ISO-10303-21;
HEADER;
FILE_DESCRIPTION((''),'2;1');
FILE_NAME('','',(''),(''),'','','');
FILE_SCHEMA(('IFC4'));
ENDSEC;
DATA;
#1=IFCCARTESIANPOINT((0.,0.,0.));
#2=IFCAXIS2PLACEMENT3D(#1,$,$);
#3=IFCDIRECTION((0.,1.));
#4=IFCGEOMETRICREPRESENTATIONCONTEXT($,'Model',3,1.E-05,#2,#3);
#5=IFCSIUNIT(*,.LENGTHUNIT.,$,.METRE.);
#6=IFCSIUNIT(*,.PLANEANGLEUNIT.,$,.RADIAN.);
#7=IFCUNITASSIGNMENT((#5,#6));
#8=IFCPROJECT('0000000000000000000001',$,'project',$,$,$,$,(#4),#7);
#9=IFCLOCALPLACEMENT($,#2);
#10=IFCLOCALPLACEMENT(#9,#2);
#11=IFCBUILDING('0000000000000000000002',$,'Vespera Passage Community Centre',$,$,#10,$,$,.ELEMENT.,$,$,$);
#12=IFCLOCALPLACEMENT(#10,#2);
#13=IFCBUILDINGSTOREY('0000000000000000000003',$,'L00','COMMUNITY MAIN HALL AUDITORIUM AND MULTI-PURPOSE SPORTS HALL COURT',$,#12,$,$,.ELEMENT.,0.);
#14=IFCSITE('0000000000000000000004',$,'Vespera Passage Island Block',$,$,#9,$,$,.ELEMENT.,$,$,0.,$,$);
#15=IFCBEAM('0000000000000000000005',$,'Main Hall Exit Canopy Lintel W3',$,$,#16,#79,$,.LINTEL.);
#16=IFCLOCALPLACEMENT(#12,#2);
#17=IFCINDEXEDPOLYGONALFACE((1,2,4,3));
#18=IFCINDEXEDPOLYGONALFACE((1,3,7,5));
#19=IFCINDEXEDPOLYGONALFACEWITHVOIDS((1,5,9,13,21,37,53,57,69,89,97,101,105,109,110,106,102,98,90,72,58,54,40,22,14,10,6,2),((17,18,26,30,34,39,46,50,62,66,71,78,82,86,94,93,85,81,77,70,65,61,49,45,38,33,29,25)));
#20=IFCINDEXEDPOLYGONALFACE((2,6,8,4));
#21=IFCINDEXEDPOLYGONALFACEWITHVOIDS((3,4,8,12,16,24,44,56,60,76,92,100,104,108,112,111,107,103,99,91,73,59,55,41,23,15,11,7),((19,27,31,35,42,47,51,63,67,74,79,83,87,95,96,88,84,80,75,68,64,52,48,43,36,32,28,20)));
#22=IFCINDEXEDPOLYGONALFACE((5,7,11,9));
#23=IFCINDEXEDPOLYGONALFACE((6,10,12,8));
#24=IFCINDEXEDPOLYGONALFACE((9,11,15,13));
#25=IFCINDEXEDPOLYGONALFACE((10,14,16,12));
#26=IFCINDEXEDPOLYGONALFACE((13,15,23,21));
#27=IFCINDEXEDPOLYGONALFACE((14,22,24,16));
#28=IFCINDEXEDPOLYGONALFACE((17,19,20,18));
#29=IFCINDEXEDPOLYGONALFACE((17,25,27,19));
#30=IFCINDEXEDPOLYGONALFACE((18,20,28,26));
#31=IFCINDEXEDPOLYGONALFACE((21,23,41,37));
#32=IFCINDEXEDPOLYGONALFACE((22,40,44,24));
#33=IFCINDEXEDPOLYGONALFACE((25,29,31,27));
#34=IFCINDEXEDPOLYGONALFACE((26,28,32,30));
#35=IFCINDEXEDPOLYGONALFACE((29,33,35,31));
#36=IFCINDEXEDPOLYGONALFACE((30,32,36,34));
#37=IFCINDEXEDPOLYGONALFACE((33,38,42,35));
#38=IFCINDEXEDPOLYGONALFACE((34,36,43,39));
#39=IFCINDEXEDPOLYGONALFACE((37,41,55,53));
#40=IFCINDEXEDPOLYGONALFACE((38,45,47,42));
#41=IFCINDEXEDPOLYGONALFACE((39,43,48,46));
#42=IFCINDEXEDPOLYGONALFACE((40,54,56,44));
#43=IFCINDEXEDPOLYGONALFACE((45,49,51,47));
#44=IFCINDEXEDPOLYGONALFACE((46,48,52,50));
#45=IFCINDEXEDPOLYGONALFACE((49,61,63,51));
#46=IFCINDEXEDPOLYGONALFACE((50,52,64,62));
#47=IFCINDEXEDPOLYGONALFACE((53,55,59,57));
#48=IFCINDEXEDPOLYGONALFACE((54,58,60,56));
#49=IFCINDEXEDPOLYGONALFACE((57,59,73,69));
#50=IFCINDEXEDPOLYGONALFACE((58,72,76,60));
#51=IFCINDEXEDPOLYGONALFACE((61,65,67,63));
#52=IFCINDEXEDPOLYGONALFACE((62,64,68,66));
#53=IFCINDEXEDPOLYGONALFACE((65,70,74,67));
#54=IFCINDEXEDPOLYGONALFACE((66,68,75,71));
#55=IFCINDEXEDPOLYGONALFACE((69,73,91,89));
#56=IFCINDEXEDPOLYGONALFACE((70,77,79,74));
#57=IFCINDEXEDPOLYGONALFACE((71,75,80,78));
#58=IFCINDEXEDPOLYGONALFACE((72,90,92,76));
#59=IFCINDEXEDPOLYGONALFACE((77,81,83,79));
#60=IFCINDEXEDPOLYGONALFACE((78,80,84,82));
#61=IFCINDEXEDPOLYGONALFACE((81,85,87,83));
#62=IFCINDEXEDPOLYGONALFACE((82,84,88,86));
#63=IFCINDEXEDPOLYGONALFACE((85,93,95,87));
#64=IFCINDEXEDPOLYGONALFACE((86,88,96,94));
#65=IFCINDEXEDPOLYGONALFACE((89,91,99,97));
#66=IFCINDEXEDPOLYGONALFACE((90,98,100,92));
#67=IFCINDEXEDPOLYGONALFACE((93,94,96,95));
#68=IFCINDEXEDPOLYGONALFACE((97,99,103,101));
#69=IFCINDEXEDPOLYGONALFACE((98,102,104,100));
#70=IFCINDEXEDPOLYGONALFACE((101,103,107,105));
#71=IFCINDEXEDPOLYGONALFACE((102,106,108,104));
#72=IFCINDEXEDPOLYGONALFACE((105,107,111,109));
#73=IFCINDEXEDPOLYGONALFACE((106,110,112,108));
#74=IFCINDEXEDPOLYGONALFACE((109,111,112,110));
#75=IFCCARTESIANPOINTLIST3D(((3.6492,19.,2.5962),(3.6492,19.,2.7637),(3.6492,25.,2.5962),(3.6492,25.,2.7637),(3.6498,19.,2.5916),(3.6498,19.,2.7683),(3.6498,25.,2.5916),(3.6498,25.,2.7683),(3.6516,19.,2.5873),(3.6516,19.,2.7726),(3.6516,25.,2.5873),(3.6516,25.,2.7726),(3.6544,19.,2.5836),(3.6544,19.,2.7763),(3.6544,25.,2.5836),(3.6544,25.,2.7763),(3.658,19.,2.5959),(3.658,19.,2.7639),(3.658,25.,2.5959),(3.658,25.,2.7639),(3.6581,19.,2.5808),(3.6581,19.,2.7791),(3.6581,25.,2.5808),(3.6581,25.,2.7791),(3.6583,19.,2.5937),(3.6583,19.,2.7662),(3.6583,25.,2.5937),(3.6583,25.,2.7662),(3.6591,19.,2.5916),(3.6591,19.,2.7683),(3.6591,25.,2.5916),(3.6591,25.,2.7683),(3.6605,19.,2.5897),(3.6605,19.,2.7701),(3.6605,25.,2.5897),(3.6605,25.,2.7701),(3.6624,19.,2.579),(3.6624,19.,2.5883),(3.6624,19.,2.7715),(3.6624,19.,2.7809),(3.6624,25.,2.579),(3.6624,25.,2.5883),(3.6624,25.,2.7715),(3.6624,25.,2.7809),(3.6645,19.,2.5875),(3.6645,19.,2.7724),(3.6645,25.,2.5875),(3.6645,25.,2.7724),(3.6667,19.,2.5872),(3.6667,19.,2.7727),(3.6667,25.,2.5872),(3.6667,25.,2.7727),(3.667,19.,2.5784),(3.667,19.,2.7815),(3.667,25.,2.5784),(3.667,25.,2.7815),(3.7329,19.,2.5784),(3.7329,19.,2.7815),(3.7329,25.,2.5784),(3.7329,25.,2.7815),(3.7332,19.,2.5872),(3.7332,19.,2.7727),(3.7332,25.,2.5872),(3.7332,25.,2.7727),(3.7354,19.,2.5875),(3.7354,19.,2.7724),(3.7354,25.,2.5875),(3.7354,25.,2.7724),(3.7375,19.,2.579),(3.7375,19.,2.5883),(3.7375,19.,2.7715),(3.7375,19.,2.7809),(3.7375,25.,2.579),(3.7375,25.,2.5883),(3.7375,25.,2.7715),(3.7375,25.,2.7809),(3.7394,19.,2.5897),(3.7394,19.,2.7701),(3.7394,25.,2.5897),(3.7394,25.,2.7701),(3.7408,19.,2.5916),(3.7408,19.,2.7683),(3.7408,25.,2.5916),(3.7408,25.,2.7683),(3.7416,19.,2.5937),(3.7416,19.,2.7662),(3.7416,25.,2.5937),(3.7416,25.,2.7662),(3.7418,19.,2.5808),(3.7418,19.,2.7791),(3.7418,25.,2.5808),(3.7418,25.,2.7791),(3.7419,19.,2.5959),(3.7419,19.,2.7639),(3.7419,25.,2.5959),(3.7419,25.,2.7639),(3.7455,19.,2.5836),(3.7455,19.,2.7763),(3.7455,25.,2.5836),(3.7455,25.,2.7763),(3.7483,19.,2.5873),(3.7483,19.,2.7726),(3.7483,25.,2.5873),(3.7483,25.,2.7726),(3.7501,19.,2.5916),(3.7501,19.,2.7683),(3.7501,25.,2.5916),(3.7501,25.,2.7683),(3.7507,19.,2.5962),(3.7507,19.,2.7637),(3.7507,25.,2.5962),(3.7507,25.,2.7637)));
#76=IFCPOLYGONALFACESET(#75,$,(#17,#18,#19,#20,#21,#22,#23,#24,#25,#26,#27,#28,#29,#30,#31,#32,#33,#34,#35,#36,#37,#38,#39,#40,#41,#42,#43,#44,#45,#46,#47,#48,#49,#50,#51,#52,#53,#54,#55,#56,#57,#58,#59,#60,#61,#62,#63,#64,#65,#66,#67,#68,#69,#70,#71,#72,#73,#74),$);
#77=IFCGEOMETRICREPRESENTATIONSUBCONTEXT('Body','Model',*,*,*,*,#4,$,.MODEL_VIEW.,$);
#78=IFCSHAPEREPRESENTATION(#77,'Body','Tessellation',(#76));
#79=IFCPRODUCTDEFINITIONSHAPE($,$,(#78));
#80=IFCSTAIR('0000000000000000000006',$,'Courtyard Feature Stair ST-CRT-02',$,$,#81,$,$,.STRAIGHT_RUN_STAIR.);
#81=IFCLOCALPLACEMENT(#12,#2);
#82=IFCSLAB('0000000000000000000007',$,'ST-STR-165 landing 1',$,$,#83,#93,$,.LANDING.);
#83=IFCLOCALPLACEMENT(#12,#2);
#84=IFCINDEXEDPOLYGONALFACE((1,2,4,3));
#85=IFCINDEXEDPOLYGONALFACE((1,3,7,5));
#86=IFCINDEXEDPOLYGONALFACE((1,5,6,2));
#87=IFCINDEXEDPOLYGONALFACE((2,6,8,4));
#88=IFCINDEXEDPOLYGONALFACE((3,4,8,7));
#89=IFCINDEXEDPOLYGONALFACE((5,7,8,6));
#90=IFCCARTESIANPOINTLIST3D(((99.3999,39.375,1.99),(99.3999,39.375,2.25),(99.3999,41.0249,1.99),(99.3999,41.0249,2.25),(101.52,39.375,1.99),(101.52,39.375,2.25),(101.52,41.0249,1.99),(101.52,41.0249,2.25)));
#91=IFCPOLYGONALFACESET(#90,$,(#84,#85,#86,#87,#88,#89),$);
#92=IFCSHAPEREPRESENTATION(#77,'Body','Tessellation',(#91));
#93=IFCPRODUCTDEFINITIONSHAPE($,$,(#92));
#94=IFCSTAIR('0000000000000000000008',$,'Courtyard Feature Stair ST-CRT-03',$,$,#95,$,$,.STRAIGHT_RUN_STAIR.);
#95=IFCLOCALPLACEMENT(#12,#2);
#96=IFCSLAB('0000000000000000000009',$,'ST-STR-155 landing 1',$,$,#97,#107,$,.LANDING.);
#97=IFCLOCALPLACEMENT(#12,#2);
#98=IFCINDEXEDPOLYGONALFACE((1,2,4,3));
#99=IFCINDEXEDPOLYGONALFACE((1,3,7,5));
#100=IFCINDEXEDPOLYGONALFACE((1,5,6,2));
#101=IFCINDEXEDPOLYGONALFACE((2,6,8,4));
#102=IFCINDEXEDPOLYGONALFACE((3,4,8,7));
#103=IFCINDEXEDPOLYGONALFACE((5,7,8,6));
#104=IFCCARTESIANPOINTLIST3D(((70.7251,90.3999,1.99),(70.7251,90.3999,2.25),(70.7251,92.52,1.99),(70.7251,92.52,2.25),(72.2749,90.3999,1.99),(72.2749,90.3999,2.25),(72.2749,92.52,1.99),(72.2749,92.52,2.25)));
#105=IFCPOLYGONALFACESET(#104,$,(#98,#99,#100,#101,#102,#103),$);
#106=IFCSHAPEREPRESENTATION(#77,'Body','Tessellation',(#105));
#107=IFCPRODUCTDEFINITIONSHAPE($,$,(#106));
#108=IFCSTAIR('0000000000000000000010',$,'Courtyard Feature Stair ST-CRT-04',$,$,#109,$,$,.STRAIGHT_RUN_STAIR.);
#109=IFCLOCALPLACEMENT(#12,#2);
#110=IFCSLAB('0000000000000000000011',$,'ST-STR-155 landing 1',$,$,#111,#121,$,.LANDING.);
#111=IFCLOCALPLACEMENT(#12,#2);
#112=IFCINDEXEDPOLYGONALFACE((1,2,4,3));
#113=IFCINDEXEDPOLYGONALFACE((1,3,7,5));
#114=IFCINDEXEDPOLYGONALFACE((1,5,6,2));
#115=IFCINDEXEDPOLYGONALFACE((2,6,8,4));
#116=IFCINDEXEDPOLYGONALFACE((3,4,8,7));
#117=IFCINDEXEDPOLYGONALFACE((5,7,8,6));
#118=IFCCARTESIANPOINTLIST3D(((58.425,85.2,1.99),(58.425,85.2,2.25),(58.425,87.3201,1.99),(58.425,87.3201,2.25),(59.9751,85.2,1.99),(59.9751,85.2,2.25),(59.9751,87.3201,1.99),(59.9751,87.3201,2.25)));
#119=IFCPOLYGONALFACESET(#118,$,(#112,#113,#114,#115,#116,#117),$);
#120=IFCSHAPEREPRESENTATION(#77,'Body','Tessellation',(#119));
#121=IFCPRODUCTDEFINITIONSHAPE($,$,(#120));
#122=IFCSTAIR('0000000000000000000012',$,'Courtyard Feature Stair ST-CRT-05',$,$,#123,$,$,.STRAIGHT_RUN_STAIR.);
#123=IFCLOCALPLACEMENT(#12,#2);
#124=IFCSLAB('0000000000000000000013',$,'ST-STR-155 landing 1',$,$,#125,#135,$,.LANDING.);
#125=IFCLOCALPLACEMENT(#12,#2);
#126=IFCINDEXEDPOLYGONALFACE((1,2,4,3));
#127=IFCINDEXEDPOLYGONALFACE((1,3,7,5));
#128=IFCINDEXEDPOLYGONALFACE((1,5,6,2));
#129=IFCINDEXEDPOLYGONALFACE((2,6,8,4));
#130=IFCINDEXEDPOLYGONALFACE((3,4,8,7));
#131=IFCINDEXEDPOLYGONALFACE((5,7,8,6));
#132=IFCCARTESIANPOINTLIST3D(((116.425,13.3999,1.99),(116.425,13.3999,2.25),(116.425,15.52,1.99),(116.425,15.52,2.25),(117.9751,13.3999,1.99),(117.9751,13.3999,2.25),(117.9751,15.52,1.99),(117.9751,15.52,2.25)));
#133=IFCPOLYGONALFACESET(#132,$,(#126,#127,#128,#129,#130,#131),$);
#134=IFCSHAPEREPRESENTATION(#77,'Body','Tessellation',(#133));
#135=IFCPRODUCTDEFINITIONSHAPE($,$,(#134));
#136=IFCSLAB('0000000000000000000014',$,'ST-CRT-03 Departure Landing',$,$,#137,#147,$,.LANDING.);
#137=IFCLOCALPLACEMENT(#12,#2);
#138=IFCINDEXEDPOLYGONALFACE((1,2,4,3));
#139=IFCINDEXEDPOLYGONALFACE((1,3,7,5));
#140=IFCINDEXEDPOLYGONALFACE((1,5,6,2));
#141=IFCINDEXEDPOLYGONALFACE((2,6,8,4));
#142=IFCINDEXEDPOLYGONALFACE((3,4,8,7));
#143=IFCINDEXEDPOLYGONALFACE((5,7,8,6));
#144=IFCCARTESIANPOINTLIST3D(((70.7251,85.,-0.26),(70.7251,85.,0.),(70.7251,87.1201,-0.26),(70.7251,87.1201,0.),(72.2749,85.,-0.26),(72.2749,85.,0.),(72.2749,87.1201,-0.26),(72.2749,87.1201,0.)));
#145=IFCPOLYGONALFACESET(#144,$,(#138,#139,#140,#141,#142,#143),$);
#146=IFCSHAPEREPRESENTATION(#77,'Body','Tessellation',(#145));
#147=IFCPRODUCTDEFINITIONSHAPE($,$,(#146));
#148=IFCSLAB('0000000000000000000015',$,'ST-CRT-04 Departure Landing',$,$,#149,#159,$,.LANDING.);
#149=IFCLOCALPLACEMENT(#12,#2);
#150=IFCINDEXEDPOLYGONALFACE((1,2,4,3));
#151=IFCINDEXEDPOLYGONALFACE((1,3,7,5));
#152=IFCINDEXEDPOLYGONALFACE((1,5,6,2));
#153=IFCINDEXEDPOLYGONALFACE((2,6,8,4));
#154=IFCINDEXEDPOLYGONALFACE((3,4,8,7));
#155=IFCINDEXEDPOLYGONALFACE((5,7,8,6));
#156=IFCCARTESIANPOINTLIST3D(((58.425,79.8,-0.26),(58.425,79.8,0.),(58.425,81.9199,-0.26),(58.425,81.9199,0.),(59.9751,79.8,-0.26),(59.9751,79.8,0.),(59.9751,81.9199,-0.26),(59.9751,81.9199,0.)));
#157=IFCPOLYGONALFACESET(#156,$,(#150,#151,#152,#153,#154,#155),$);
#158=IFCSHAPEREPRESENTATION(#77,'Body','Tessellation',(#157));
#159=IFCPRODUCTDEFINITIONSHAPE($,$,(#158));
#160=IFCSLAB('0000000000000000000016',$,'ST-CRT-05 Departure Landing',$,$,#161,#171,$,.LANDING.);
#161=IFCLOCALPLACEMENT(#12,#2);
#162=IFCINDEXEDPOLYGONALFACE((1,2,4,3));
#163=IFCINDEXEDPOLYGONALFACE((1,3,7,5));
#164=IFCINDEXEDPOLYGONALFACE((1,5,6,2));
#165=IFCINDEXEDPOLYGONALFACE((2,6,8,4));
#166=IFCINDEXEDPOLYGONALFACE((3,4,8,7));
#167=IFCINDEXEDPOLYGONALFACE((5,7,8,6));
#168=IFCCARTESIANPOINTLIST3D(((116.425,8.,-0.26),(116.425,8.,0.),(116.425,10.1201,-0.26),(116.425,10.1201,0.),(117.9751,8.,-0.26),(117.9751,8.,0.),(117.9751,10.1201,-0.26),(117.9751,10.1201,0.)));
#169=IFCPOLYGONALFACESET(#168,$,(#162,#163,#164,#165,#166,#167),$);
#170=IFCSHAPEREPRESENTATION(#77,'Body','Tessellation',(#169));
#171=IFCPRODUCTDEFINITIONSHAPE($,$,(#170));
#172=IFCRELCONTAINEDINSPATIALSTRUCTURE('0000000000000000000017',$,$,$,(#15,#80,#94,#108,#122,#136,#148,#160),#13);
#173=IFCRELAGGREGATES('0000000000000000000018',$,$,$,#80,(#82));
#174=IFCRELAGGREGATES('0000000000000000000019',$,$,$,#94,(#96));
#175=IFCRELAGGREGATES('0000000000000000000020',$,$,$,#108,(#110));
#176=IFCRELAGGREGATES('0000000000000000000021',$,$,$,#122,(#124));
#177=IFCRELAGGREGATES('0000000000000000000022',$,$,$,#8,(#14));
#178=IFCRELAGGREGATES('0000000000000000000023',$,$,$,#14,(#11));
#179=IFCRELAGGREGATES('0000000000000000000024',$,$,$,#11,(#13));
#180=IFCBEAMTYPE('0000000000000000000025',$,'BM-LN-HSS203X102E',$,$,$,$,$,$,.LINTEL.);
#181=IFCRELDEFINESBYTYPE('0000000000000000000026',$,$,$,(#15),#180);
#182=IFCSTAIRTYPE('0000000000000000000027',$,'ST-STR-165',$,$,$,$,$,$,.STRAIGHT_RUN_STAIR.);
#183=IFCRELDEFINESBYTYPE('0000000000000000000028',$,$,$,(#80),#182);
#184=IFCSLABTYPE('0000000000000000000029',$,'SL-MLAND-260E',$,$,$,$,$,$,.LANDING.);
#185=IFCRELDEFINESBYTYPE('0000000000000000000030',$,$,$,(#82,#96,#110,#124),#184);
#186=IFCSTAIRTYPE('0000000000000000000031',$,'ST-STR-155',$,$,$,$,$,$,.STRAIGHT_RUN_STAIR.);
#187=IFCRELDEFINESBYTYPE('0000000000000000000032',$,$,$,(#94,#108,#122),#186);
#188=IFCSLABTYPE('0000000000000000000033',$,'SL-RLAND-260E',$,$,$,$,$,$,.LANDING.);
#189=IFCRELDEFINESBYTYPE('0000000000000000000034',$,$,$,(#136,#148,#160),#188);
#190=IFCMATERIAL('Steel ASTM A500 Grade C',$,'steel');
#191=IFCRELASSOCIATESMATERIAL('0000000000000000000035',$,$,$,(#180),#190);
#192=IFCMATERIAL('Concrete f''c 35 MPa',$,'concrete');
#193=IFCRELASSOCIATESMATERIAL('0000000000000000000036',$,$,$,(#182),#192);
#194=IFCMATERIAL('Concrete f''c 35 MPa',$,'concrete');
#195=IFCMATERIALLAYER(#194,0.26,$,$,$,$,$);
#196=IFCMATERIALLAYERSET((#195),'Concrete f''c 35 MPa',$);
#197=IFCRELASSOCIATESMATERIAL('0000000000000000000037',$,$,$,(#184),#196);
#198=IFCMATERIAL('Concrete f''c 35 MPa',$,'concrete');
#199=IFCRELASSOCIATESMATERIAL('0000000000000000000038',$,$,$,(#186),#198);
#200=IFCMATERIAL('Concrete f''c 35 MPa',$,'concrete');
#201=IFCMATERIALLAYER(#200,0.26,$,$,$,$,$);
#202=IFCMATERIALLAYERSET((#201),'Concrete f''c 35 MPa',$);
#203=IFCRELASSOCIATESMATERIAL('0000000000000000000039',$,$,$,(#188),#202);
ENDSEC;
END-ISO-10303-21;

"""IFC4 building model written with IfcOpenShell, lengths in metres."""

from ifc_helpers import new_model, si_unit, direction, frame, origin, origin_2d, place, context, subcontext, project, spatial, polyline, hollow_rectangle, outline, extrude, material, layer, layer_set, material_profile, profile_set, type_object, element, aggregate, save


model = new_model("IFC4")

# Units and contexts
model_context = context("Model", 3, precision=1e-05, world=origin(), true_north=direction((0.0, 1.0)))
body_context = subcontext(model_context, "Body", "Model", "MODEL_VIEW")
ifc_project = project(units=[si_unit("LENGTHUNIT", "METRE"), si_unit("PLANEANGLEUNIT", "RADIAN")], contexts=[model_context])

# Site, building, storey
site_placement = place(None, origin())
site = spatial("IfcSite", under=ifc_project, at=site_placement, Name="Vespera Passage Island Block", CompositionType="ELEMENT", RefElevation=0.0)
building_placement = place(site_placement, origin())
building = spatial("IfcBuilding", under=site, at=building_placement, Name="Vespera Passage Community Centre", CompositionType="ELEMENT")
storey_placement = place(building_placement, origin())
storey = spatial("IfcBuildingStorey", under=building, at=storey_placement, Name="L00", Description="COMMUNITY MAIN HALL AUDITORIUM AND MULTI-PURPOSE SPORTS HALL COURT", CompositionType="ELEMENT", Elevation=0.0)

# Beam
ifc_material_1 = material(Name="Steel ASTM A500 Grade C", Category="steel")
ifc_material_profile_1 = material_profile(ifc_material_1, hollow_rectangle(XDim=0.1016, YDim=0.2031, WallThickness=0.0088, InnerFilletRadius=0.0088, OuterFilletRadius=0.0178, at=origin_2d()), Name="HSS203X102X9.5")
ifc_profile_set_1 = profile_set([ifc_material_profile_1], Name="Steel ASTM A500 Grade C")
beam_type_1 = type_object("IfcBeamType", Name="BM-LN-HSS203X102E", PredefinedType="LINTEL", material=ifc_profile_set_1)
for number, where, z_axis, x_axis, name in (
    (1, (3.7, 19.0, 2.6799), (0.0, 1.0, 0.0), (-1.0, 0.0, 0.0), "Main Hall Exit Canopy Lintel W3"),
):
    element("IfcBeam", number, at=place(storey_placement, frame(where, z_axis=z_axis, x_axis=x_axis)), inside=storey, type_object=beam_type_1, Name=name, PredefinedType="LINTEL", context=body_context, shape_type="SweptSolid", body=[
        extrude(hollow_rectangle(XDim=0.1016, YDim=0.2031, WallThickness=0.0088, InnerFilletRadius=0.0088, OuterFilletRadius=0.0178, at=origin_2d()), origin(), (0.0, 0.0, 1.0), 6.0),
    ])

# Stairs, slabs
ifc_material_2 = material(Name="Concrete f'c 35 MPa", Category="concrete")
stair_type_1 = type_object("IfcStairType", Name="ST-STR-165", PredefinedType="STRAIGHT_RUN_STAIR", material=ifc_material_2)
stair_1_placement = place(storey_placement, origin())
stair_1 = element("IfcStair", 2, at=stair_1_placement, inside=storey, type_object=stair_type_1, Name="Courtyard Feature Stair ST-CRT-02", PredefinedType="STRAIGHT_RUN_STAIR")
ifc_material_3 = material(Name="Concrete f'c 35 MPa", Category="concrete")
ifc_layer_1 = layer(ifc_material_3, 0.26)
ifc_layer_set_1 = layer_set([ifc_layer_1], Name="Concrete f'c 35 MPa")
slab_type_1 = type_object("IfcSlabType", Name="SL-MLAND-260E", PredefinedType="LANDING", material=ifc_layer_set_1)
slab_1_placement = place(storey_placement, frame((0.0, 0.0, 1.99)))
slab_1 = element("IfcSlab", 3, at=slab_1_placement, type_object=slab_type_1, Name="ST-STR-165 landing 1", PredefinedType="LANDING", context=body_context, shape_type="SweptSolid", body=[
    extrude(outline(polyline([(99.3999, 39.375), (101.52, 39.375), (101.52, 41.0249), (99.3999, 41.0249), (99.3999, 39.375)])), origin(), (0.0, 0.0, 1.0), 0.26),
])
aggregate(stair_1, [slab_1])
ifc_material_4 = material(Name="Concrete f'c 35 MPa", Category="concrete")
stair_type_2 = type_object("IfcStairType", Name="ST-STR-155", PredefinedType="STRAIGHT_RUN_STAIR", material=ifc_material_4)
stair_2_placement = place(storey_placement, origin())
stair_2 = element("IfcStair", 4, at=stair_2_placement, inside=storey, type_object=stair_type_2, Name="Courtyard Feature Stair ST-CRT-03", PredefinedType="STRAIGHT_RUN_STAIR")
slab_2_placement = place(storey_placement, frame((0.0, 0.0, 1.99)))
slab_2 = element("IfcSlab", 5, at=slab_2_placement, type_object=slab_type_1, Name="ST-STR-155 landing 1", PredefinedType="LANDING", context=body_context, shape_type="SweptSolid", body=[
    extrude(outline(polyline([(72.2749, 90.3999), (72.2749, 92.52), (70.7251, 92.52), (70.7251, 90.3999), (72.2749, 90.3999)])), origin(), (0.0, 0.0, 1.0), 0.26),
])
aggregate(stair_2, [slab_2])
stair_3_placement = place(storey_placement, origin())
stair_3 = element("IfcStair", 6, at=stair_3_placement, inside=storey, type_object=stair_type_2, Name="Courtyard Feature Stair ST-CRT-04", PredefinedType="STRAIGHT_RUN_STAIR")
slab_3_placement = place(storey_placement, frame((0.0, 0.0, 1.99)))
slab_3 = element("IfcSlab", 7, at=slab_3_placement, type_object=slab_type_1, Name="ST-STR-155 landing 1", PredefinedType="LANDING", context=body_context, shape_type="SweptSolid", body=[
    extrude(outline(polyline([(59.9751, 85.2), (59.9751, 87.3201), (58.425, 87.3201), (58.425, 85.2), (59.9751, 85.2)])), origin(), (0.0, 0.0, 1.0), 0.26),
])
aggregate(stair_3, [slab_3])
stair_4_placement = place(storey_placement, origin())
stair_4 = element("IfcStair", 8, at=stair_4_placement, inside=storey, type_object=stair_type_2, Name="Courtyard Feature Stair ST-CRT-05", PredefinedType="STRAIGHT_RUN_STAIR")
slab_4_placement = place(storey_placement, frame((0.0, 0.0, 1.99)))
slab_4 = element("IfcSlab", 9, at=slab_4_placement, type_object=slab_type_1, Name="ST-STR-155 landing 1", PredefinedType="LANDING", context=body_context, shape_type="SweptSolid", body=[
    extrude(outline(polyline([(117.9751, 13.3999), (117.9751, 15.52), (116.425, 15.52), (116.425, 13.3999), (117.9751, 13.3999)])), origin(), (0.0, 0.0, 1.0), 0.26),
])
aggregate(stair_4, [slab_4])

# Slabs
ifc_material_5 = material(Name="Concrete f'c 35 MPa", Category="concrete")
ifc_layer_2 = layer(ifc_material_5, 0.26)
ifc_layer_set_2 = layer_set([ifc_layer_2], Name="Concrete f'c 35 MPa")
slab_type_2 = type_object("IfcSlabType", Name="SL-RLAND-260E", PredefinedType="LANDING", material=ifc_layer_set_2)
slab_5_placement = place(storey_placement, frame((0.0, 0.0, -0.26)))
element("IfcSlab", 10, at=slab_5_placement, inside=storey, type_object=slab_type_2, Name="ST-CRT-03 Departure Landing", PredefinedType="LANDING", context=body_context, shape_type="SweptSolid", body=[
    extrude(outline(polyline([(72.2749, 85.0), (72.2749, 87.1201), (70.7251, 87.1201), (70.7251, 85.0), (72.2749, 85.0)])), origin(), (0.0, 0.0, 1.0), 0.26),
])
slab_6_placement = place(storey_placement, frame((0.0, 0.0, -0.26)))
element("IfcSlab", 11, at=slab_6_placement, inside=storey, type_object=slab_type_2, Name="ST-CRT-04 Departure Landing", PredefinedType="LANDING", context=body_context, shape_type="SweptSolid", body=[
    extrude(outline(polyline([(59.9751, 79.8), (59.9751, 81.9199), (58.425, 81.9199), (58.425, 79.8), (59.9751, 79.8)])), origin(), (0.0, 0.0, 1.0), 0.26),
])
slab_7_placement = place(storey_placement, frame((0.0, 0.0, -0.26)))
element("IfcSlab", 12, at=slab_7_placement, inside=storey, type_object=slab_type_2, Name="ST-CRT-05 Departure Landing", PredefinedType="LANDING", context=body_context, shape_type="SweptSolid", body=[
    extrude(outline(polyline([(117.9751, 8.0), (117.9751, 10.1201), (116.425, 10.1201), (116.425, 8.0), (117.9751, 8.0)])), origin(), (0.0, 0.0, 1.0), 0.26),
])

save(model, "model.ifc")
